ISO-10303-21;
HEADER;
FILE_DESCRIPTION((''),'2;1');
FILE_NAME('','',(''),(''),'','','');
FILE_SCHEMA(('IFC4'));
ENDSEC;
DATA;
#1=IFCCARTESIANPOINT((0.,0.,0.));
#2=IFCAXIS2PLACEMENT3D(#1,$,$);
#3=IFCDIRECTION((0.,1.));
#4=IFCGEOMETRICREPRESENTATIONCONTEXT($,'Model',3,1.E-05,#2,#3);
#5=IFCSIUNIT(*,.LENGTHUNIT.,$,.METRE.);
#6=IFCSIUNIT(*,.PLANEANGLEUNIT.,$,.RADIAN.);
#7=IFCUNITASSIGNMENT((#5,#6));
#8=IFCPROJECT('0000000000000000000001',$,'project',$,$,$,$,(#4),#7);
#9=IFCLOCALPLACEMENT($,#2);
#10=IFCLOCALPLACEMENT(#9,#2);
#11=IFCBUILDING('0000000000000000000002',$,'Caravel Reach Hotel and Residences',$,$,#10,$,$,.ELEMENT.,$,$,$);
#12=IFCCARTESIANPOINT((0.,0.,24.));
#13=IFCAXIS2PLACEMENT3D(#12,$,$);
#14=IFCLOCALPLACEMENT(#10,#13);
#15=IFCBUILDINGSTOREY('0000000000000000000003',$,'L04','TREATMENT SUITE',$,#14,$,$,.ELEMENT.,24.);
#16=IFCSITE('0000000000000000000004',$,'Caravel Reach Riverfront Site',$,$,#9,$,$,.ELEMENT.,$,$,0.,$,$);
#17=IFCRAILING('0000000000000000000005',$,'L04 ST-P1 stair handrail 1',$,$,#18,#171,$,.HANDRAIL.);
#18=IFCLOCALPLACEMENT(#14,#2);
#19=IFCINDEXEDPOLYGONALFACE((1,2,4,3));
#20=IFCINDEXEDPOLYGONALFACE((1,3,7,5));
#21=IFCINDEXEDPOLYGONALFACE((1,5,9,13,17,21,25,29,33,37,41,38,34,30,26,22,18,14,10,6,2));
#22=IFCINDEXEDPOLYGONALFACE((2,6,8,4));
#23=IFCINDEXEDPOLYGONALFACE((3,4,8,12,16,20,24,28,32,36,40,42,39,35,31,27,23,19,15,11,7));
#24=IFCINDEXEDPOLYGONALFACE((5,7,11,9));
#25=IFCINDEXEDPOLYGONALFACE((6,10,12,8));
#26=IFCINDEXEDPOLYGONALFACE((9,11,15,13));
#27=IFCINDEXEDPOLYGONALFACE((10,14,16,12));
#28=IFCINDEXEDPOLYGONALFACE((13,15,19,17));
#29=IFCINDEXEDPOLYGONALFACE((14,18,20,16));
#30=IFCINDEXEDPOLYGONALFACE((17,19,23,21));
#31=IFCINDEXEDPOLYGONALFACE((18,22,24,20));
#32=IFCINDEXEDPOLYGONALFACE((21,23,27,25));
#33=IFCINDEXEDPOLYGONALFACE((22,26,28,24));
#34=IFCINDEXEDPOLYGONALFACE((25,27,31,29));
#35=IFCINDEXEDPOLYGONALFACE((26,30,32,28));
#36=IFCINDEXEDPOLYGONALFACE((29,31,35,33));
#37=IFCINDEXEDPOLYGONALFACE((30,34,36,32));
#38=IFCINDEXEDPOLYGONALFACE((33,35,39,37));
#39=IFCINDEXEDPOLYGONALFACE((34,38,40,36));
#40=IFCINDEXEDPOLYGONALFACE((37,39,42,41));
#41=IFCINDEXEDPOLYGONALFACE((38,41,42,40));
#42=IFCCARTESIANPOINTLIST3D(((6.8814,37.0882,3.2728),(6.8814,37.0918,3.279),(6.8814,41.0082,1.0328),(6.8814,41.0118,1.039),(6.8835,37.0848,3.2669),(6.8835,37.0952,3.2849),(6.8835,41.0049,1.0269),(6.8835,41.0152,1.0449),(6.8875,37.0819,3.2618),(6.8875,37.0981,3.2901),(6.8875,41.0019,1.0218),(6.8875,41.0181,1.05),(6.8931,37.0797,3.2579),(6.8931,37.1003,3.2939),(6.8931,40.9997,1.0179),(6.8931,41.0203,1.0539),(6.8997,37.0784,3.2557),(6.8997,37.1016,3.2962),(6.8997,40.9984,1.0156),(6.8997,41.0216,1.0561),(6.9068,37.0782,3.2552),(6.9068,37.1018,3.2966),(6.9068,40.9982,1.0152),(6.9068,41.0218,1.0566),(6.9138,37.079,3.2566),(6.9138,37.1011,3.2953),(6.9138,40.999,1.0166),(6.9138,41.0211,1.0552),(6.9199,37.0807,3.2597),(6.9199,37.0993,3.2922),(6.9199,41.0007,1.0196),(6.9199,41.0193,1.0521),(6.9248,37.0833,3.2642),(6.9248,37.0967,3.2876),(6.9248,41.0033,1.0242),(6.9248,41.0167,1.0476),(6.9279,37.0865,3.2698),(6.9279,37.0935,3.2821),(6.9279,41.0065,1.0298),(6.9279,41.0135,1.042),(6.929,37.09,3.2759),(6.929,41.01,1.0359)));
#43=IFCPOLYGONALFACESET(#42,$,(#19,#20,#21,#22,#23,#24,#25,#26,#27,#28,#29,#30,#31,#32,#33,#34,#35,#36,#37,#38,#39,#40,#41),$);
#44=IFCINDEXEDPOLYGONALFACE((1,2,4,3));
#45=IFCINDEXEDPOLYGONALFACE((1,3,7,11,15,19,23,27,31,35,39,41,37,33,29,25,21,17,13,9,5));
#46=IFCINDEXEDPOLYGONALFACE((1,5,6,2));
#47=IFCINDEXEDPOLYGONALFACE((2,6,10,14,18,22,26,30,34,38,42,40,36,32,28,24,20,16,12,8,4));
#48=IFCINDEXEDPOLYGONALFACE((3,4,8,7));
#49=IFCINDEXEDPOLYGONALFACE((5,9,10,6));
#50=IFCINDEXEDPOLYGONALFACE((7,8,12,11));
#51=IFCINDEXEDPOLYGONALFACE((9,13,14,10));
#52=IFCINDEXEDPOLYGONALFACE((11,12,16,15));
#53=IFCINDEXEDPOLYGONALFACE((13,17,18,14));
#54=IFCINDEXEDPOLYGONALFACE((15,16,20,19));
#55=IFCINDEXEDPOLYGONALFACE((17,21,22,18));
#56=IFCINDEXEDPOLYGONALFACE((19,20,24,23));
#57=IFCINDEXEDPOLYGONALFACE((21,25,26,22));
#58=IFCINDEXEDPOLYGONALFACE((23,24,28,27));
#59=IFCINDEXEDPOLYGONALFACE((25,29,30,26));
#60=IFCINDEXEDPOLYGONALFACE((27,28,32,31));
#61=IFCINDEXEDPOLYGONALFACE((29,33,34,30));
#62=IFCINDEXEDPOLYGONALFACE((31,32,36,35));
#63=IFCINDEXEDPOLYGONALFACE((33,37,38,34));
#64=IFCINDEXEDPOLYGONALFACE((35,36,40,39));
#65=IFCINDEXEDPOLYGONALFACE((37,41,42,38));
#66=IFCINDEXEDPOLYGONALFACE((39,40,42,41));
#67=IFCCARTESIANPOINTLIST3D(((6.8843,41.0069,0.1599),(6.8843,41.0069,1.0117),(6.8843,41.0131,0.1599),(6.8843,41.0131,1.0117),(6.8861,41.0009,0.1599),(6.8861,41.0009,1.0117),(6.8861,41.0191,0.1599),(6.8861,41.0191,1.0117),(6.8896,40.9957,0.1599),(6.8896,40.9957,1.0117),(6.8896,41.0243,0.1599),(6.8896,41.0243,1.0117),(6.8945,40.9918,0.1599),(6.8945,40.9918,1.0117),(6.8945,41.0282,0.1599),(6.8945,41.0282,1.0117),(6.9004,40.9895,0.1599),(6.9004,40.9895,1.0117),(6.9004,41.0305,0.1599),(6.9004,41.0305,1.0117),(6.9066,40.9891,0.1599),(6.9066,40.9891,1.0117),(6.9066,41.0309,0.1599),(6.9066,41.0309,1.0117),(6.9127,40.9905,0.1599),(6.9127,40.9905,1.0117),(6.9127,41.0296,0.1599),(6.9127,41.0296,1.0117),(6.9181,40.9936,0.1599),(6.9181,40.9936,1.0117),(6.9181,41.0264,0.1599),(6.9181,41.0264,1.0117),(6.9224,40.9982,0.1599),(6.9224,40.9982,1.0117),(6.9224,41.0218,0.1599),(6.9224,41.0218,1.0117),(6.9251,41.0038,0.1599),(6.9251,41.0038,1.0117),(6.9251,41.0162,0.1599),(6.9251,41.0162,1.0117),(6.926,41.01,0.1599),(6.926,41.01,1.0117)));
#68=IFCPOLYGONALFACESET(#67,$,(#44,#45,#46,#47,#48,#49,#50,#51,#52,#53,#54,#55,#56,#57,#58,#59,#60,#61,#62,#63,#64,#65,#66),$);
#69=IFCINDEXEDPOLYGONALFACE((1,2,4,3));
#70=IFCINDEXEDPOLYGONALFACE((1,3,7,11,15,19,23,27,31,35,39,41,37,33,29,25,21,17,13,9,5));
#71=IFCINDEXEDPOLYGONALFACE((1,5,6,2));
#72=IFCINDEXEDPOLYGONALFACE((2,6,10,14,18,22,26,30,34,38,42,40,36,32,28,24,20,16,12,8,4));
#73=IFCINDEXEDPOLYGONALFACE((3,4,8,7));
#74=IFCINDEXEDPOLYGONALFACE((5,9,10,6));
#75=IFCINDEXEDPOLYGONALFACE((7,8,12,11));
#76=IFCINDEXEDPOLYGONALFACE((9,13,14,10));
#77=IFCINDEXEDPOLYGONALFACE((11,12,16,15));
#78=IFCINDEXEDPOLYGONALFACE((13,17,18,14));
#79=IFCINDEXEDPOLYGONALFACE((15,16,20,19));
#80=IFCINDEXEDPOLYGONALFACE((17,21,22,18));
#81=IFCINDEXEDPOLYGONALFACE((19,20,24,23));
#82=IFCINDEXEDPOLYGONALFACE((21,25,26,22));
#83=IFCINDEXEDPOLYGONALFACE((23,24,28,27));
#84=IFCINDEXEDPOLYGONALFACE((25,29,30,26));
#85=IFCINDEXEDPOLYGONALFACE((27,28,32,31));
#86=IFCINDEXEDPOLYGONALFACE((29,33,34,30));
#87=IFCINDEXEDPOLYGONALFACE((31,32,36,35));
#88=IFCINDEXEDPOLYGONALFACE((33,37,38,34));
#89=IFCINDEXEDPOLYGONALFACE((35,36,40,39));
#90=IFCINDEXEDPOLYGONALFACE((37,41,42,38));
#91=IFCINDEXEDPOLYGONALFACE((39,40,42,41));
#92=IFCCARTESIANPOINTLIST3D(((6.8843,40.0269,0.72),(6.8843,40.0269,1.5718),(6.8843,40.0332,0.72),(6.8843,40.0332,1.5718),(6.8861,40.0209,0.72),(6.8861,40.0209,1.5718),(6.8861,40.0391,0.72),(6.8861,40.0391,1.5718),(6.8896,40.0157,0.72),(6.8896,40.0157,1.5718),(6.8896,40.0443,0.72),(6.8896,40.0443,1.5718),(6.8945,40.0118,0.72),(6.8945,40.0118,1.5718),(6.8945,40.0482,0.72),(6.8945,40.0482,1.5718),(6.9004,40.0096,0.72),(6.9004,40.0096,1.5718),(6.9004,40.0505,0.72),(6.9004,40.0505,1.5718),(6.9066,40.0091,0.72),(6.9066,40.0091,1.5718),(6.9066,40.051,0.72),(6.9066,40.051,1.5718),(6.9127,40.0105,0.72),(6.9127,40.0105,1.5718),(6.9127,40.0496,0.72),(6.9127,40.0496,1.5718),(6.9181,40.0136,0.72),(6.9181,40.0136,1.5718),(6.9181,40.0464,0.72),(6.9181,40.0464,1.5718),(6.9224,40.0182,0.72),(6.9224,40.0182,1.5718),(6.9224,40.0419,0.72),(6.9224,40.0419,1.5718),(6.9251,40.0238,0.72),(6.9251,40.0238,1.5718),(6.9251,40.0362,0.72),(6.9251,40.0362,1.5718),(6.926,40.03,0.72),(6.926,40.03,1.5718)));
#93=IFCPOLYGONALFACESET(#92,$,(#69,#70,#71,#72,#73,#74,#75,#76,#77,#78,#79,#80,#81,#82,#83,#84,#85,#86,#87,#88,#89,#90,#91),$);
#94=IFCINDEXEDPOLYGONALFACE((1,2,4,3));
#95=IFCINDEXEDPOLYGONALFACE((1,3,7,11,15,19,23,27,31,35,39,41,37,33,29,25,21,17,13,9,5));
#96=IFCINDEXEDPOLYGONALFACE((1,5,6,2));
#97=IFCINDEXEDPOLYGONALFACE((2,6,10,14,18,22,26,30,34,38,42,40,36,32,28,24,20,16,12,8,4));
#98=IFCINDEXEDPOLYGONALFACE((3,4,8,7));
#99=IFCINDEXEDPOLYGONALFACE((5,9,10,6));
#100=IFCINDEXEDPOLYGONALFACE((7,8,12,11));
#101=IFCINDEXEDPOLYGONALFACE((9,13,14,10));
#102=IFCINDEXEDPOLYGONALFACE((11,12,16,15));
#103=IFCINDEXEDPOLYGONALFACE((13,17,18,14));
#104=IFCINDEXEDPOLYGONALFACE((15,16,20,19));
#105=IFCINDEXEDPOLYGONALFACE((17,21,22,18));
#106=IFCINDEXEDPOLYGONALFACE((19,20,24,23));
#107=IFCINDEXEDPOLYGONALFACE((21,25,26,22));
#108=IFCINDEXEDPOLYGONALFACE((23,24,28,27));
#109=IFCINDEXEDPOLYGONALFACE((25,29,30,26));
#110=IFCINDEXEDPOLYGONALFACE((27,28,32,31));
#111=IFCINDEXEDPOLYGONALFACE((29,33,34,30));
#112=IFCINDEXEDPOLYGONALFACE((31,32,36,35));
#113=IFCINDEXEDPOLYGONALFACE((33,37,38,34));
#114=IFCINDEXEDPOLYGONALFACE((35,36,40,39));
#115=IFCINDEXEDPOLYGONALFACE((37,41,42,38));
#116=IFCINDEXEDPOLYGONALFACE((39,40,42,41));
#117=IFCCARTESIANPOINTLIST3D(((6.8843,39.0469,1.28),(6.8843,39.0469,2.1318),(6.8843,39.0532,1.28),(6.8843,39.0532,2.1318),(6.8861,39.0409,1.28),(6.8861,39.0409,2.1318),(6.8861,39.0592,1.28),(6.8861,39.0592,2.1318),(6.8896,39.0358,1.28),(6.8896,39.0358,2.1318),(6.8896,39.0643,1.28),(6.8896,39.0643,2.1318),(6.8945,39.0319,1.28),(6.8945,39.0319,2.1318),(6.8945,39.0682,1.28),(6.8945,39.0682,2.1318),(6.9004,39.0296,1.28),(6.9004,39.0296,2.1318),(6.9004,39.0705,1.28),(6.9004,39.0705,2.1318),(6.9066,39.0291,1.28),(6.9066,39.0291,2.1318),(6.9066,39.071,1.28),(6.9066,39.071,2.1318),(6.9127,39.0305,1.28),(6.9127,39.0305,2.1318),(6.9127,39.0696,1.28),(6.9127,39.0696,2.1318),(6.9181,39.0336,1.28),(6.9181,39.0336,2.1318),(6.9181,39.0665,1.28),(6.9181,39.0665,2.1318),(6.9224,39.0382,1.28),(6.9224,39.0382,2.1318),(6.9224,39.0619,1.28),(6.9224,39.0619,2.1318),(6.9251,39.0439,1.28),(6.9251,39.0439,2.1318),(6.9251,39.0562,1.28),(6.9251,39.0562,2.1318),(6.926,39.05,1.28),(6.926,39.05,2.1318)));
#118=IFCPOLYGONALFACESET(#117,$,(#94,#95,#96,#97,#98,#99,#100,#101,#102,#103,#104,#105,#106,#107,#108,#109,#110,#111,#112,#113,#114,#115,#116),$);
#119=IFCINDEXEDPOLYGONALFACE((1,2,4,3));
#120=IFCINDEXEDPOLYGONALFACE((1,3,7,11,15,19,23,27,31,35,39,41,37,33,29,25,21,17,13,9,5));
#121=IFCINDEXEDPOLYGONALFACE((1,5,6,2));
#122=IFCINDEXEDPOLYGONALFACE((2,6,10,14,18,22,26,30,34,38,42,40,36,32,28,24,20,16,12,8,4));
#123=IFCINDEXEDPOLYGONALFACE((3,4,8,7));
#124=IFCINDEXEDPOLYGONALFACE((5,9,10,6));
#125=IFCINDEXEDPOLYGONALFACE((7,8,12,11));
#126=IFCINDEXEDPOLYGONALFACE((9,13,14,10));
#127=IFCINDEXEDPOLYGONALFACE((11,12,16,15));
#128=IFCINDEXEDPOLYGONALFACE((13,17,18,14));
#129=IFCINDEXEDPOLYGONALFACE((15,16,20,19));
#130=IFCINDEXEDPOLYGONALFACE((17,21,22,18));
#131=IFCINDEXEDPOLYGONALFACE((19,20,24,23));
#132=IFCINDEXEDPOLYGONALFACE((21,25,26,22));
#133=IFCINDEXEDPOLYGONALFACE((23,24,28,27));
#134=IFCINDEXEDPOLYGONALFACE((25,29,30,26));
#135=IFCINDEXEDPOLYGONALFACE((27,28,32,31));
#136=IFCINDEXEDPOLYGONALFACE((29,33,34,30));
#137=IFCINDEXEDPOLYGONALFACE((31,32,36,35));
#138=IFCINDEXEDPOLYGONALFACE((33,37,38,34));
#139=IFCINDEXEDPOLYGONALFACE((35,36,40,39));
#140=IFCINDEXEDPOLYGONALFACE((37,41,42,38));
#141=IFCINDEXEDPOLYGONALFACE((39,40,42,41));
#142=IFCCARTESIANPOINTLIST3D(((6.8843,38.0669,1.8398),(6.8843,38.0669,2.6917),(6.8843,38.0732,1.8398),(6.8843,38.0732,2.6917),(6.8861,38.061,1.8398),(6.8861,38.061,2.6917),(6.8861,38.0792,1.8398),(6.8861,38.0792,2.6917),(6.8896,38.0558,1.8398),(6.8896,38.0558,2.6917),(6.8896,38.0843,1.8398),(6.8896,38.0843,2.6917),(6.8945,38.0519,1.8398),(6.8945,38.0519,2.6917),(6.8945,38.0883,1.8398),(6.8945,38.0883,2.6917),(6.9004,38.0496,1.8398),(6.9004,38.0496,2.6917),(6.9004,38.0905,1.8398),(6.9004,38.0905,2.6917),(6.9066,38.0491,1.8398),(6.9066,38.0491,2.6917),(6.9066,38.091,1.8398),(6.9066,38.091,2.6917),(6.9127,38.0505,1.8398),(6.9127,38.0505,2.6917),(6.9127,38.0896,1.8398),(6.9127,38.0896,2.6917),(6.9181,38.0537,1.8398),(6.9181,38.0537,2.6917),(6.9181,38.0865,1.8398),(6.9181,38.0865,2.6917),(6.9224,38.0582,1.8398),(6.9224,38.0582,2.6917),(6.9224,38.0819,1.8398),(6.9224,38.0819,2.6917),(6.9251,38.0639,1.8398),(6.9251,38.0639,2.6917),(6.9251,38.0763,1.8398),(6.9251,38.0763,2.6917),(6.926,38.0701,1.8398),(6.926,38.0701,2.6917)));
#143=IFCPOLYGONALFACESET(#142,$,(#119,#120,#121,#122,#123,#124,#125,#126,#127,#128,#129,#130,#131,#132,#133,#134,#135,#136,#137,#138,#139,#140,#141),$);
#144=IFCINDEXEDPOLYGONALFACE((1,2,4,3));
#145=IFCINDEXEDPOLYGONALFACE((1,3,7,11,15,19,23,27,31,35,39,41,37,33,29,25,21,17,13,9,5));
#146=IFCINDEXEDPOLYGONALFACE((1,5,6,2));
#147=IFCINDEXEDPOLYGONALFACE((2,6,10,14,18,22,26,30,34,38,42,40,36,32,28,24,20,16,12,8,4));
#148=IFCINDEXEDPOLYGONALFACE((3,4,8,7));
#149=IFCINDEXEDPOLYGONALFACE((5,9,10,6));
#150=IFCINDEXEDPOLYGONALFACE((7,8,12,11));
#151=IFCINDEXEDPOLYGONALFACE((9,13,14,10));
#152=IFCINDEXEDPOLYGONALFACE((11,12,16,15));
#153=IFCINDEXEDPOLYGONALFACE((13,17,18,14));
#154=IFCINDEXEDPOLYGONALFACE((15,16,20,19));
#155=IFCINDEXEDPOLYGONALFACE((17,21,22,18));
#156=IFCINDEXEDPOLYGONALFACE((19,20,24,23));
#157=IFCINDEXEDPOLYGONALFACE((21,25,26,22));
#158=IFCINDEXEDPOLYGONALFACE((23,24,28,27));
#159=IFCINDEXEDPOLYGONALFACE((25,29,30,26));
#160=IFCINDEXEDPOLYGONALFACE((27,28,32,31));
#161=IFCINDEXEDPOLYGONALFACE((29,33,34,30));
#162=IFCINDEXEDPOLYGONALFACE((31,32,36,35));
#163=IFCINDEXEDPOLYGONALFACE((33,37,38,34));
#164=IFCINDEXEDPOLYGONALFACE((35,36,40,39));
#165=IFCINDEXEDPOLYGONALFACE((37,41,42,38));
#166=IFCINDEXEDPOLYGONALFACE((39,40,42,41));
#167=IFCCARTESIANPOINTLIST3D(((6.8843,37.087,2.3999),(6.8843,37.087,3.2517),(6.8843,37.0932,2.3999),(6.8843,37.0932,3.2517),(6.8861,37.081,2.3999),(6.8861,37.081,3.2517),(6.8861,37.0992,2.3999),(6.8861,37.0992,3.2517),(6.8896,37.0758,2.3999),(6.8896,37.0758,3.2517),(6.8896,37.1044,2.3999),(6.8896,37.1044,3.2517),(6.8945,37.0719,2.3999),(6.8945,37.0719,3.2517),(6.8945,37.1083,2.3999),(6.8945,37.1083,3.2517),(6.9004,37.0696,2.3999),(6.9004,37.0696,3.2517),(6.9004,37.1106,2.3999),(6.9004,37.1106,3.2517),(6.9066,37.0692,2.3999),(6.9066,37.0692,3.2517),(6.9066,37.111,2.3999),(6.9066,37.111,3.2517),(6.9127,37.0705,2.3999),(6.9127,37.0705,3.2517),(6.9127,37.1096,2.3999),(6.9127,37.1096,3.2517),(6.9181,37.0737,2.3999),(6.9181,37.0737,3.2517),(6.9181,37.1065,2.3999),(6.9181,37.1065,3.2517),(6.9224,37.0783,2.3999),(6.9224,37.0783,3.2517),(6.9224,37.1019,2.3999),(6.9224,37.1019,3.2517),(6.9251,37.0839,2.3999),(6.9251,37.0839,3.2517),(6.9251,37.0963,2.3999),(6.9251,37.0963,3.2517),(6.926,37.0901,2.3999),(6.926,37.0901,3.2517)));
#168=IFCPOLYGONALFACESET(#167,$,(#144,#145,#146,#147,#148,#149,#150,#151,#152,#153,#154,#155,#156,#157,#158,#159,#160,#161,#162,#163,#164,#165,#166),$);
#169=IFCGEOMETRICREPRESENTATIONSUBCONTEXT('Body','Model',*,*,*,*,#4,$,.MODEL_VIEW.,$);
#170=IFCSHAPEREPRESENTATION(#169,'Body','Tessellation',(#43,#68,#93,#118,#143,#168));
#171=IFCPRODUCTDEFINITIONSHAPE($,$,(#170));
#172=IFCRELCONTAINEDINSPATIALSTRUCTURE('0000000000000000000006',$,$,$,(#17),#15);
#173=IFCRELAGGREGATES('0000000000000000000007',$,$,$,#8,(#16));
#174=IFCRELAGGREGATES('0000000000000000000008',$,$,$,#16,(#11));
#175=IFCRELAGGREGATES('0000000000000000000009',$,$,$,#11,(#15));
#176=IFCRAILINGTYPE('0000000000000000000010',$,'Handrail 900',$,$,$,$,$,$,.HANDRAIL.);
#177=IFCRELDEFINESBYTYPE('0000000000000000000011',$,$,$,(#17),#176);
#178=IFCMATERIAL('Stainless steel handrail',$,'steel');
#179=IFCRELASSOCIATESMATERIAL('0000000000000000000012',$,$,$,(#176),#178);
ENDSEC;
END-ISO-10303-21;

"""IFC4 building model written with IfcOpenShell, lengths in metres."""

from ifc_helpers import new_model, si_unit, direction, frame, origin, origin_2d, place, context, subcontext, project, spatial, circle, extrude, material, type_object, element, save


model = new_model("IFC4")

# Units and contexts
model_context = context("Model", 3, precision=1e-05, world=origin(), true_north=direction((0.0, 1.0)))
body_context = subcontext(model_context, "Body", "Model", "MODEL_VIEW")
ifc_project = project(units=[si_unit("LENGTHUNIT", "METRE"), si_unit("PLANEANGLEUNIT", "RADIAN")], contexts=[model_context])

# Site, building, storey
site_placement = place(None, origin())
site = spatial("IfcSite", under=ifc_project, at=site_placement, Name="Caravel Reach Riverfront Site", CompositionType="ELEMENT", RefElevation=0.0)
building_placement = place(site_placement, origin())
building = spatial("IfcBuilding", under=site, at=building_placement, Name="Caravel Reach Hotel and Residences", CompositionType="ELEMENT")
storey_placement = place(building_placement, frame((0.0, 0.0, 24.0)))
storey = spatial("IfcBuildingStorey", under=building, at=storey_placement, Name="L04", Description="TREATMENT SUITE", CompositionType="ELEMENT", Elevation=24.0)

# Railing
ifc_material_1 = material(Name="Stainless steel handrail", Category="steel")
railing_type_1 = type_object("IfcRailingType", Name="Handrail 900", PredefinedType="HANDRAIL", material=ifc_material_1)
railing_1_placement = place(storey_placement, frame((6.905, 41.01, 0.1599)))
element("IfcRailing", 1, at=railing_1_placement, inside=storey, type_object=railing_type_1, Name="L04 ST-P1 stair handrail 1", PredefinedType="HANDRAIL", context=body_context, shape_type="SweptSolid", body=[
    extrude(circle(Radius=0.0239, at=origin_2d()), frame((0.0, 0.0, 0.876), z_axis=(0.0, -0.86824, 0.496145), x_axis=(1.0, 0.0, 0.0)), (0.0, 0.0, 1.0), 4.5149),
    extrude(circle(Radius=0.021, at=origin_2d()), origin(), (0.0, 0.0, 1.0), 0.8518),
    extrude(circle(Radius=0.021, at=origin_2d()), frame((0.0, -0.98, 0.5601)), (0.0, 0.0, 1.0), 0.8518),
    extrude(circle(Radius=0.021, at=origin_2d()), frame((0.0, -1.96, 1.1201)), (0.0, 0.0, 1.0), 0.8518),
    extrude(circle(Radius=0.021, at=origin_2d()), frame((0.0, -2.9399, 1.6799)), (0.0, 0.0, 1.0), 0.8518),
    extrude(circle(Radius=0.021, at=origin_2d()), frame((0.0, -3.9199, 2.24)), (0.0, 0.0, 1.0), 0.8518),
])

save(model, "model.ifc")
